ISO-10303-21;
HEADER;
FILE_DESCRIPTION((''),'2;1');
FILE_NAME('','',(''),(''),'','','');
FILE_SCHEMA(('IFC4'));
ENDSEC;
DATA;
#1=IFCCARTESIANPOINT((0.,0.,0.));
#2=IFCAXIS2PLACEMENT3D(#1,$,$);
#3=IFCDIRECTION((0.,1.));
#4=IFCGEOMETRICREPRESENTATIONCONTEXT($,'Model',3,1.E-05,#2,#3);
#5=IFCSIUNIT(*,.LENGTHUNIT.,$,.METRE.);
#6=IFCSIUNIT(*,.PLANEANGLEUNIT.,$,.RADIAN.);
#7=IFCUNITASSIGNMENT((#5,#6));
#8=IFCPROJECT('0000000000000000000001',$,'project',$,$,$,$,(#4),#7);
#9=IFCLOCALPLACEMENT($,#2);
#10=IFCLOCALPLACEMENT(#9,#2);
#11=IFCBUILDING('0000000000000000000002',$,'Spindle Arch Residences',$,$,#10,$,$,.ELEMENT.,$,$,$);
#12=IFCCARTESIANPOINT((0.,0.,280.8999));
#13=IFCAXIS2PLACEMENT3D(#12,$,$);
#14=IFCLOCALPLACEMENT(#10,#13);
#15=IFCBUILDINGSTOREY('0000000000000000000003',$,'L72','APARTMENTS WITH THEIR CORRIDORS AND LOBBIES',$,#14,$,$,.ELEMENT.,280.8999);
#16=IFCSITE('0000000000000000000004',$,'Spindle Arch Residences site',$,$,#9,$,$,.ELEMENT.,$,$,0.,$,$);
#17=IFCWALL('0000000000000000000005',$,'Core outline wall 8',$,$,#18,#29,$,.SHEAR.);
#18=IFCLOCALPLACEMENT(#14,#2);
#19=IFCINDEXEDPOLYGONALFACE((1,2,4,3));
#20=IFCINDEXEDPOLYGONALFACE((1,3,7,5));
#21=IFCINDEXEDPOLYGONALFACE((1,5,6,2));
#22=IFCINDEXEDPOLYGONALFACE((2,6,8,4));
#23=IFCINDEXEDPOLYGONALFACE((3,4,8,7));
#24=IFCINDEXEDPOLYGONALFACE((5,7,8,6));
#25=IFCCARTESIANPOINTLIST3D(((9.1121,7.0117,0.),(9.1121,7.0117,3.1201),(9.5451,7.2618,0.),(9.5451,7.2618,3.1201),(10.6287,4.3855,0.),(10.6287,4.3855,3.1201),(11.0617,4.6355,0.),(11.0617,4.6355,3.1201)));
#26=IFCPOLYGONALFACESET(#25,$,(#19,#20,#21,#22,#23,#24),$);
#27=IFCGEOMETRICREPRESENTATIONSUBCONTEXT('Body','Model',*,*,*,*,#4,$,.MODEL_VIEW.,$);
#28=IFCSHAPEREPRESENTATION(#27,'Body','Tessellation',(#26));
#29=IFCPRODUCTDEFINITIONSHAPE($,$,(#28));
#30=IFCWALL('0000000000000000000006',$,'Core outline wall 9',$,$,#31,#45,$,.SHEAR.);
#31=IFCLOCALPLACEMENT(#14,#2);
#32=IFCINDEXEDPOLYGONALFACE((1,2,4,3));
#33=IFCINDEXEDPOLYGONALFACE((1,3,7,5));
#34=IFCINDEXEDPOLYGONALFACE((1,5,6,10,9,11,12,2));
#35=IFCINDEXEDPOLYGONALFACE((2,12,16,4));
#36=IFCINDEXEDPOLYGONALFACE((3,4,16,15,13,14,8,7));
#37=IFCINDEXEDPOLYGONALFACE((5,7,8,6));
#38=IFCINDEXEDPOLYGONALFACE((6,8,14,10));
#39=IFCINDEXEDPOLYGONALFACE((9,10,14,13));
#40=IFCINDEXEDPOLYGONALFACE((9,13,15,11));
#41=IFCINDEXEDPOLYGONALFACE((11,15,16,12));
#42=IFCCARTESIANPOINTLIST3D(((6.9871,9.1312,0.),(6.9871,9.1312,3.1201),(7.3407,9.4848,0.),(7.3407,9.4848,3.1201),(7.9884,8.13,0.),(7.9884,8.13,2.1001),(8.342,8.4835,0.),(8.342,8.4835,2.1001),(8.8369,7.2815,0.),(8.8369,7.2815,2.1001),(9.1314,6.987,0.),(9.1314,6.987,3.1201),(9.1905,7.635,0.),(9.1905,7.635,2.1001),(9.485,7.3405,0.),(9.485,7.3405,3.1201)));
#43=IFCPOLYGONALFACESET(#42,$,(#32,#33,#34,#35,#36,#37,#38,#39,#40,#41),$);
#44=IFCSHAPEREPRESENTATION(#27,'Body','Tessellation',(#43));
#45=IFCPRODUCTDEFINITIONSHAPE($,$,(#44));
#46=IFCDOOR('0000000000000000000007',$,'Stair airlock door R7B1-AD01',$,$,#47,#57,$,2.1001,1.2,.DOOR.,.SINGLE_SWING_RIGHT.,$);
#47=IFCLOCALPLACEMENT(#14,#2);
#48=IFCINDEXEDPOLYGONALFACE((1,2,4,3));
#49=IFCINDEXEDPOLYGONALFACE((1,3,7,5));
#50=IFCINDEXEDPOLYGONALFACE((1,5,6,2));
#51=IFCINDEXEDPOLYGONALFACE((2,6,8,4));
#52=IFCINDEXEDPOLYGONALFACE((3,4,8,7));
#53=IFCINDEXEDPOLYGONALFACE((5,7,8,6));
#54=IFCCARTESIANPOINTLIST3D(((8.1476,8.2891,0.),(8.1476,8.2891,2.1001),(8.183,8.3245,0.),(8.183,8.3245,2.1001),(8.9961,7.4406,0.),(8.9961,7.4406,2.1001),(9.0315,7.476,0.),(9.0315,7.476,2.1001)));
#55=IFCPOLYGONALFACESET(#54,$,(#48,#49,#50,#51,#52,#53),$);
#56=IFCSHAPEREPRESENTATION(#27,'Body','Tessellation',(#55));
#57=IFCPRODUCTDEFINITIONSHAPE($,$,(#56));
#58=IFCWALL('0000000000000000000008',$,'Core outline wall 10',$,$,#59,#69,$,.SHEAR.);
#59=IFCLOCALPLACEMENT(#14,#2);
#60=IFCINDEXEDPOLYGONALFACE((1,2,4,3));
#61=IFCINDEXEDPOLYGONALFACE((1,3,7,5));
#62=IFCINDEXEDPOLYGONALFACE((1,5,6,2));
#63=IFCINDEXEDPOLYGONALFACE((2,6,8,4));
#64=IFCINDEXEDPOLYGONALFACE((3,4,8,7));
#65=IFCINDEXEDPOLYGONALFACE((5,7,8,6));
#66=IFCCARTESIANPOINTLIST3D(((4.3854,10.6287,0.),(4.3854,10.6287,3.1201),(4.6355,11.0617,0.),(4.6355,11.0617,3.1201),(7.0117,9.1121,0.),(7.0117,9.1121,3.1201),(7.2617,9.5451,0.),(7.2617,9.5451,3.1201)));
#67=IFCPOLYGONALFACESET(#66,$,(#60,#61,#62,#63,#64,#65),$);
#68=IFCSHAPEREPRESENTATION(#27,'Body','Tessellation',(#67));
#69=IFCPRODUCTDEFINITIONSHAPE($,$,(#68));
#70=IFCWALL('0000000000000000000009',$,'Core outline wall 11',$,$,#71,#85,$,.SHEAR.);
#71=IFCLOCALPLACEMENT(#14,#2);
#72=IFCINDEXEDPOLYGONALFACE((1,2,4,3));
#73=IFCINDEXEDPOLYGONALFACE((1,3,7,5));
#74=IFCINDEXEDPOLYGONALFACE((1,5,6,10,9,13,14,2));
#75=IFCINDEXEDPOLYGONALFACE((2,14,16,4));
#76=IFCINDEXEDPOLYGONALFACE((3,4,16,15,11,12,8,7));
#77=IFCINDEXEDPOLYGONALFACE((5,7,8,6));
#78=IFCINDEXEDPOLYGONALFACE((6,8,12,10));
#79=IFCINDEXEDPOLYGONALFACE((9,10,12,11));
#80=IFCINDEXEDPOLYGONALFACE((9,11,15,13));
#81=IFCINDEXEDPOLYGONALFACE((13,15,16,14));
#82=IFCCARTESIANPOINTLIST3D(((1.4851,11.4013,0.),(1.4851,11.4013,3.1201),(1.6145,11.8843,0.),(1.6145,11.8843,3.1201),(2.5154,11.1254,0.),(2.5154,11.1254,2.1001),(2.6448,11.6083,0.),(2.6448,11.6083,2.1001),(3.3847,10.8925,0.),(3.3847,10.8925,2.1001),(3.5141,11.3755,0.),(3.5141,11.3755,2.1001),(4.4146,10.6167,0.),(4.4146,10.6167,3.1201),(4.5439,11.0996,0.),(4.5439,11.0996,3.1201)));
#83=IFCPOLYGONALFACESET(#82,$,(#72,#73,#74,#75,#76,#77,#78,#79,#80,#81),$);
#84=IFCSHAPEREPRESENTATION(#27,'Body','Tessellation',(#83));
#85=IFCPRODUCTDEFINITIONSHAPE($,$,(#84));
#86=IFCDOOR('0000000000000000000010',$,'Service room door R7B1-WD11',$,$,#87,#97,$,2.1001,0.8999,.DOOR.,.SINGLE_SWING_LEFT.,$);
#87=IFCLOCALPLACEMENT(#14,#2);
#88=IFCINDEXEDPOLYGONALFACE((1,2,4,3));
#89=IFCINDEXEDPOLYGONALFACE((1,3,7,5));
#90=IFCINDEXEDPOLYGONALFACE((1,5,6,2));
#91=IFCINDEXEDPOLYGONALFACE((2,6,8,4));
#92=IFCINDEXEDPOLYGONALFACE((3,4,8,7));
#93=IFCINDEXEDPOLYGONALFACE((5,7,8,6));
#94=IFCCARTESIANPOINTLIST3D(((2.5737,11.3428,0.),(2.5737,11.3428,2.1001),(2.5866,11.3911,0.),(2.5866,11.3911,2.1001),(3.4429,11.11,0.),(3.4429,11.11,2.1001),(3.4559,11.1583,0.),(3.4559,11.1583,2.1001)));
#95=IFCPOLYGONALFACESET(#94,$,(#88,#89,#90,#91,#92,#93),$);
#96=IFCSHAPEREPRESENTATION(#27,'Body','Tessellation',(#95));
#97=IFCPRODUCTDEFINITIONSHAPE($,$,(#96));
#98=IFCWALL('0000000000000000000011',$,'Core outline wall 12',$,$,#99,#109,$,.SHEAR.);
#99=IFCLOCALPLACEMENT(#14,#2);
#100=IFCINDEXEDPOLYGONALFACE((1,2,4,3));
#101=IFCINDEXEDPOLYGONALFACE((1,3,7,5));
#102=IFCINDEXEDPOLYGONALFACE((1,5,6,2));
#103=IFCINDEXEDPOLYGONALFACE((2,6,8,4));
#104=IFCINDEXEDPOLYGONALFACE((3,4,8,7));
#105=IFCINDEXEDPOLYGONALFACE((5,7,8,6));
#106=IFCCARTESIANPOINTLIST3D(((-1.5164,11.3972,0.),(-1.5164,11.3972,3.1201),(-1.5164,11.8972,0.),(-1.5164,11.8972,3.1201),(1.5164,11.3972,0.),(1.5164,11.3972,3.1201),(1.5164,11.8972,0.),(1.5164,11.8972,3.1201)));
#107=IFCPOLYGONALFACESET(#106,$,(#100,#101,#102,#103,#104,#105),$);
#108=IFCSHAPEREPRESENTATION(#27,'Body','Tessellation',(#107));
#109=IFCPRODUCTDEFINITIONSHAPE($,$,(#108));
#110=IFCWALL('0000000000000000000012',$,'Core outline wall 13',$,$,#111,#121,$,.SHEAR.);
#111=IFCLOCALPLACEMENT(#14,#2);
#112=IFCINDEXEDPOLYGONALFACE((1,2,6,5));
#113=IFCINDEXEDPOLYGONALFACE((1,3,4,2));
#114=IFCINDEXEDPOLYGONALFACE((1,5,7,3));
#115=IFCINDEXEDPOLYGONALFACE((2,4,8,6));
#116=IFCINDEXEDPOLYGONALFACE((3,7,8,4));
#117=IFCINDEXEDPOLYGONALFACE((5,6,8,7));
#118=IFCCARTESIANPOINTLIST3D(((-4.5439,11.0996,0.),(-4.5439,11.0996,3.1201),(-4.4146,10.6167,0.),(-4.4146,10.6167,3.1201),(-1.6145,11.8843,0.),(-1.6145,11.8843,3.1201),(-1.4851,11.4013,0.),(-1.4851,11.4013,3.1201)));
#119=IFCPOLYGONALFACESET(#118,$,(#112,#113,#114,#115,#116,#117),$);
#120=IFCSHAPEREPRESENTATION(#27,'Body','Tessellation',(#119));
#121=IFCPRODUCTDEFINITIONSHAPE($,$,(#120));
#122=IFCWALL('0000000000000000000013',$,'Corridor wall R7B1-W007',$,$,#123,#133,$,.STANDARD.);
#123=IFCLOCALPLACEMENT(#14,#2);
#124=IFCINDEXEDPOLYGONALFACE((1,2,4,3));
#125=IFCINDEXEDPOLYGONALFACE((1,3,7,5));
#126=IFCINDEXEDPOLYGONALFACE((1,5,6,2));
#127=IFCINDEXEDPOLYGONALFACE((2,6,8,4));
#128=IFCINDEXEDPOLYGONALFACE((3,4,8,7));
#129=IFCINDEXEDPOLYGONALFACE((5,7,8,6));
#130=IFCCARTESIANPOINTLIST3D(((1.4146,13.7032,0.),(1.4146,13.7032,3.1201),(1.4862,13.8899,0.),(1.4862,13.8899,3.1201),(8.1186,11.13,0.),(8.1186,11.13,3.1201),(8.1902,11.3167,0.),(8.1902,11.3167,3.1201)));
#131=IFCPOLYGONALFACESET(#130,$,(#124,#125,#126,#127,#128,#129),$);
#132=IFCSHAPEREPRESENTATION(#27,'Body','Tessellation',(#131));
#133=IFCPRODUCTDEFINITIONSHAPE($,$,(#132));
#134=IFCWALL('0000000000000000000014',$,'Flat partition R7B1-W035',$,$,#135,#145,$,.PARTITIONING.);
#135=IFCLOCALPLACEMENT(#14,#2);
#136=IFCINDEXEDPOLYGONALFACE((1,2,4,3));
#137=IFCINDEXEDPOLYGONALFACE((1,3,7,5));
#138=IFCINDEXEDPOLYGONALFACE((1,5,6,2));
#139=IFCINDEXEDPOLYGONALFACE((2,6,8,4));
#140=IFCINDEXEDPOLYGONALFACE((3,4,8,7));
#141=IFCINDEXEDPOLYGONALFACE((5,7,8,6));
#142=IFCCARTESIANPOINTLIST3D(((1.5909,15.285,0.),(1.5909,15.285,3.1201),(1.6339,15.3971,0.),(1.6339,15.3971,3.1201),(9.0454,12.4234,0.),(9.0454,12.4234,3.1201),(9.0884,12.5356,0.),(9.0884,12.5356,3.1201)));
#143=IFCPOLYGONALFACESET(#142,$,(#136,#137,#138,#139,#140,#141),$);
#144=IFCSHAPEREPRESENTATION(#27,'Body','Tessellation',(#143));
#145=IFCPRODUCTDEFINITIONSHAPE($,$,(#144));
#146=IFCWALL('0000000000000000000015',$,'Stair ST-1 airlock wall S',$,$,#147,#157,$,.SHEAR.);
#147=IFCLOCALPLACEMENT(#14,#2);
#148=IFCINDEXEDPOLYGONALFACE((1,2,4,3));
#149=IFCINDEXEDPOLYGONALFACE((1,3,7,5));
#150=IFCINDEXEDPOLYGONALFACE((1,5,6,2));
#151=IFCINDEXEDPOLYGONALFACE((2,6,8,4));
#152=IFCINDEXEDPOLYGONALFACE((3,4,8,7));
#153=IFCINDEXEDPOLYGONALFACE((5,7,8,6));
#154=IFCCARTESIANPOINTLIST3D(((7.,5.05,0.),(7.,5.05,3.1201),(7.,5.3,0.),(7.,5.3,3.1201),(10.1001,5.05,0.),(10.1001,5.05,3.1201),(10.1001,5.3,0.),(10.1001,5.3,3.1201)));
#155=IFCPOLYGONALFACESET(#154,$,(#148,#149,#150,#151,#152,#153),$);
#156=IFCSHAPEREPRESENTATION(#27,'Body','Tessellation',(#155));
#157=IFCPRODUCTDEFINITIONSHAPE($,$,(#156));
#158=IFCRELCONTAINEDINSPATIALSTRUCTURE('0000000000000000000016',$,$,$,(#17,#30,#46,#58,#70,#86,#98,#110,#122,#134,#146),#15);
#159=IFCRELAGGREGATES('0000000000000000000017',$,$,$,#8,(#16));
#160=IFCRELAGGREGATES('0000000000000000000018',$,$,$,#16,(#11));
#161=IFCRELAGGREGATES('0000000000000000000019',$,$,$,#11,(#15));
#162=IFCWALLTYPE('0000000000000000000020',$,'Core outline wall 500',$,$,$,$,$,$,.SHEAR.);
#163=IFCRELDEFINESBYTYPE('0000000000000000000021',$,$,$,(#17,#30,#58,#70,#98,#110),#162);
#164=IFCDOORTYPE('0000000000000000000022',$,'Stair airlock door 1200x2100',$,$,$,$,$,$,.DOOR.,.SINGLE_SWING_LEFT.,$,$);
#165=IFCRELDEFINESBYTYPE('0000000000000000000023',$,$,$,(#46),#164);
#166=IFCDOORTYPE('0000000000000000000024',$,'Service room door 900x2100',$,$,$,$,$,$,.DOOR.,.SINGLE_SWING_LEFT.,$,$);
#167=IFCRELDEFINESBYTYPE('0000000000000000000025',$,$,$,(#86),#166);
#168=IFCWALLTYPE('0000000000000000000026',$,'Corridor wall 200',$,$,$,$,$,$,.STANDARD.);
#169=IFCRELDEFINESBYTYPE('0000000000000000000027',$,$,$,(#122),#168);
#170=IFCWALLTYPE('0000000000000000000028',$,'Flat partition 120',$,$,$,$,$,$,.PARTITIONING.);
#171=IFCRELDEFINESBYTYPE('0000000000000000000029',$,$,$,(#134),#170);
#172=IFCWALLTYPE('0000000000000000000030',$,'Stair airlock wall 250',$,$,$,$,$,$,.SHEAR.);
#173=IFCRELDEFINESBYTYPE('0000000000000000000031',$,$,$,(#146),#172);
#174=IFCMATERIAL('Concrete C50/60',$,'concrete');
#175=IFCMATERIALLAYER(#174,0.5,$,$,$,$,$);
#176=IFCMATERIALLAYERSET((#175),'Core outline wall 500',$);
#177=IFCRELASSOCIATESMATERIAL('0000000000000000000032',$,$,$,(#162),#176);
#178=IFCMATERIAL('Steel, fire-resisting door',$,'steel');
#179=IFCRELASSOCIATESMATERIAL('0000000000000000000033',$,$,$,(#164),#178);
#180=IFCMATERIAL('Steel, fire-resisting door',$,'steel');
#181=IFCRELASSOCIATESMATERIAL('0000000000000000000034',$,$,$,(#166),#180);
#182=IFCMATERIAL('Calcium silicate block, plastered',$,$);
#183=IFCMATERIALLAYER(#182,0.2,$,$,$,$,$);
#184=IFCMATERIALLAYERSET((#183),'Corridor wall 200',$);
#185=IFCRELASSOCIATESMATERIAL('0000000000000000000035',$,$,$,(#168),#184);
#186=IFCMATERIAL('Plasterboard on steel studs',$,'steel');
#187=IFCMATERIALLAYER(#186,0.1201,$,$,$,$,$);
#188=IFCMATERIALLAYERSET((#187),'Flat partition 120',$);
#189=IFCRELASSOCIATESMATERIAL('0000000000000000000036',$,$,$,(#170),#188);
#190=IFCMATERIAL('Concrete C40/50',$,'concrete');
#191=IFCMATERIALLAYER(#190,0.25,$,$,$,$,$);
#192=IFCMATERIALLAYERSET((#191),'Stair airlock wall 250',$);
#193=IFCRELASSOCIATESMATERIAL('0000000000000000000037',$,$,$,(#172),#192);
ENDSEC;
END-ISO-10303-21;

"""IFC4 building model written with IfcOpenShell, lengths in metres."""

from ifc_helpers import new_model, si_unit, direction, frame, frame_2d, origin, place, context, subcontext, project, spatial, rectangle, extrude, material, layer, layer_set, type_object, element, fill, save


model = new_model("IFC4")

# Units and contexts
model_context = context("Model", 3, precision=1e-05, world=origin(), true_north=direction((0.0, 1.0)))
body_context = subcontext(model_context, "Body", "Model", "MODEL_VIEW")
ifc_project = project(units=[si_unit("LENGTHUNIT", "METRE"), si_unit("PLANEANGLEUNIT", "RADIAN")], contexts=[model_context])

# Site, building, storey
site_placement = place(None, origin())
site = spatial("IfcSite", under=ifc_project, at=site_placement, Name="Spindle Arch Residences site", CompositionType="ELEMENT", RefElevation=0.0)
building_placement = place(site_placement, origin())
building = spatial("IfcBuilding", under=site, at=building_placement, Name="Spindle Arch Residences", CompositionType="ELEMENT")
storey_placement = place(building_placement, frame((0.0, 0.0, 280.8999)))
storey = spatial("IfcBuildingStorey", under=building, at=storey_placement, Name="L72", Description="APARTMENTS WITH THEIR CORRIDORS AND LOBBIES", CompositionType="ELEMENT", Elevation=280.8999)

# Wall
ifc_material_1 = material(Name="Concrete C50/60", Category="concrete")
ifc_layer_1 = layer(ifc_material_1, 0.5)
ifc_layer_set_1 = layer_set([ifc_layer_1], Name="Core outline wall 500")
wall_type_1 = type_object("IfcWallType", Name="Core outline wall 500", PredefinedType="SHEAR", material=ifc_layer_set_1)
wall_1_placement = place(storey_placement, frame((10.8452, 4.5105, 0.0), z_axis=(0.0, 0.0, 1.0), x_axis=(-0.500087, 0.865975, 0.0)))
element("IfcWall", 1, at=wall_1_placement, inside=storey, type_object=wall_type_1, Name="Core outline wall 8", PredefinedType="SHEAR", context=body_context, shape_type="SweptSolid", body=[
    extrude(rectangle(XDim=3.0327, YDim=0.5, at=frame_2d((1.5164, 0.0))), origin(), (0.0, 0.0, 1.0), 3.1201),
])

# Wall, opening, door
wall_2_placement = place(storey_placement, frame((9.3081, 7.1638, 0.0), z_axis=(0.0, 0.0, 1.0), x_axis=(-0.707107, 0.707107, 0.0)))
wall_2 = element("IfcWall", 2, at=wall_2_placement, inside=storey, type_object=wall_type_1, Name="Core outline wall 9", PredefinedType="SHEAR", context=body_context, shape_type="SweptSolid", body=[
    extrude(rectangle(XDim=3.0325, YDim=0.5, at=frame_2d((1.5161, 0.0))), origin(), (0.0, 0.0, 1.0), 3.1201),
])
opening_1_placement = place(wall_2_placement, frame((0.4163, 0.0, 0.0)))
opening_1 = element("IfcOpeningElement", 3, at=opening_1_placement, cuts=wall_2, PredefinedType="OPENING", context=body_context, shape_type="SweptSolid", body=[
    extrude(rectangle(XDim=1.2, YDim=2.1001, at=frame_2d((0.6001, 1.05))), frame((0.0, 0.26, 0.0), z_axis=(0.0, -1.0, 0.0), x_axis=(1.0, 0.0, 0.0)), (0.0, 0.0, 1.0), 0.52),
])
ifc_material_2 = material(Name="Steel, fire-resisting door", Category="steel")
door_type_1 = type_object("IfcDoorType", Name="Stair airlock door 1200x2100", OperationType="SINGLE_SWING_LEFT", PredefinedType="DOOR", material=ifc_material_2)
door_1_placement = place(opening_1_placement, origin())
door_1 = element("IfcDoor", 4, at=door_1_placement, inside=storey, type_object=door_type_1, Name="Stair airlock door R7B1-AD01", OperationType="SINGLE_SWING_RIGHT", OverallHeight=2.1001, OverallWidth=1.2, PredefinedType="DOOR", context=body_context, shape_type="SweptSolid", body=[
    extrude(rectangle(XDim=1.2, YDim=2.1001, at=frame_2d((0.6001, 1.05))), frame((0.0, 0.0249, 0.0), z_axis=(0.0, -1.0, 0.0), x_axis=(1.0, 0.0, 0.0)), (0.0, 0.0, 1.0), 0.05),
])
fill(opening_1, door_1)

# Wall
wall_3_placement = place(storey_placement, frame((7.1367, 9.3286, 0.0), z_axis=(0.0, 0.0, 1.0), x_axis=(-0.865975, 0.500087, 0.0)))
element("IfcWall", 5, at=wall_3_placement, inside=storey, type_object=wall_type_1, Name="Core outline wall 10", PredefinedType="SHEAR", context=body_context, shape_type="SweptSolid", body=[
    extrude(rectangle(XDim=3.0327, YDim=0.5, at=frame_2d((1.5164, 0.0))), origin(), (0.0, 0.0, 1.0), 3.1201),
])

# Wall, opening, door
wall_4_placement = place(storey_placement, frame((4.4792, 10.8582, 0.0), z_axis=(0.0, 0.0, 1.0), x_axis=(-0.965948, 0.258735, 0.0)))
wall_4 = element("IfcWall", 6, at=wall_4_placement, inside=storey, type_object=wall_type_1, Name="Core outline wall 11", PredefinedType="SHEAR", context=body_context, shape_type="SweptSolid", body=[
    extrude(rectangle(XDim=3.0327, YDim=0.5, at=frame_2d((1.5164, 0.0))), origin(), (0.0, 0.0, 1.0), 3.1201),
])
opening_2_placement = place(wall_4_placement, frame((1.0662, 0.0, 0.0)))
opening_2 = element("IfcOpeningElement", 7, at=opening_2_placement, cuts=wall_4, PredefinedType="OPENING", context=body_context, shape_type="SweptSolid", body=[
    extrude(rectangle(XDim=0.8999, YDim=2.1001, at=frame_2d((0.45, 1.05))), frame((0.0, 0.26, 0.0), z_axis=(0.0, -1.0, 0.0), x_axis=(1.0, 0.0, 0.0)), (0.0, 0.0, 1.0), 0.52),
])
ifc_material_3 = material(Name="Steel, fire-resisting door", Category="steel")
door_type_2 = type_object("IfcDoorType", Name="Service room door 900x2100", OperationType="SINGLE_SWING_LEFT", PredefinedType="DOOR", material=ifc_material_3)
door_2_placement = place(opening_2_placement, origin())
door_2 = element("IfcDoor", 8, at=door_2_placement, inside=storey, type_object=door_type_2, Name="Service room door R7B1-WD11", OperationType="SINGLE_SWING_LEFT", OverallHeight=2.1001, OverallWidth=0.8999, PredefinedType="DOOR", context=body_context, shape_type="SweptSolid", body=[
    extrude(rectangle(XDim=0.8999, YDim=2.1001, at=frame_2d((0.45, 1.05))), frame((0.0, 0.0249, 0.0), z_axis=(0.0, -1.0, 0.0), x_axis=(1.0, 0.0, 0.0)), (0.0, 0.0, 1.0), 0.05),
])
fill(opening_2, door_2)

# Walls
for number, where, z_axis, x_axis, name in (
    (9, (1.5164, 11.6472, 0.0), (0.0, 0.0, 1.0), (-1.0, 0.0, 0.0), "Core outline wall 12"),
    (10, (-1.5498, 11.6428, 0.0), (0.0, 0.0, 1.0), (-0.965948, -0.258735, 0.0), "Core outline wall 13"),
):
    element("IfcWall", number, at=place(storey_placement, frame(where, z_axis=z_axis, x_axis=x_axis)), inside=storey, type_object=wall_type_1, Name=name, PredefinedType="SHEAR", context=body_context, shape_type="SweptSolid", body=[
        extrude(rectangle(XDim=3.0327, YDim=0.5, at=frame_2d((1.5164, 0.0))), origin(), (0.0, 0.0, 1.0), 3.1201),
    ])
ifc_material_4 = material(Name="Calcium silicate block, plastered")
ifc_layer_2 = layer(ifc_material_4, 0.2)
ifc_layer_set_2 = layer_set([ifc_layer_2], Name="Corridor wall 200")
wall_type_2 = type_object("IfcWallType", Name="Corridor wall 200", PredefinedType="STANDARD", material=ifc_layer_set_2)
wall_5_placement = place(storey_placement, frame((8.1543, 11.2234, 0.0), z_axis=(0.0, 0.0, 1.0), x_axis=(-0.933591, 0.358341, 0.0)))
element("IfcWall", 11, at=wall_5_placement, inside=storey, type_object=wall_type_2, Name="Corridor wall R7B1-W007", PredefinedType="STANDARD", context=body_context, shape_type="SweptSolid", body=[
    extrude(rectangle(XDim=7.1809, YDim=0.2, at=frame_2d((3.5903, 0.0))), origin(), (0.0, 0.0, 1.0), 3.1201),
])

# Walls
ifc_material_5 = material(Name="Plasterboard on steel studs", Category="steel")
ifc_layer_3 = layer(ifc_material_5, 0.1201)
ifc_layer_set_3 = layer_set([ifc_layer_3], Name="Flat partition 120")
wall_type_3 = type_object("IfcWallType", Name="Flat partition 120", PredefinedType="PARTITIONING", material=ifc_layer_set_3)
wall_6_placement = place(storey_placement, frame((9.0669, 12.4795, 0.0), z_axis=(0.0, 0.0, 1.0), x_axis=(-0.933579, 0.35837, 0.0)))
element("IfcWall", 12, at=wall_6_placement, inside=storey, type_object=wall_type_3, Name="Flat partition R7B1-W035", PredefinedType="PARTITIONING", context=body_context, shape_type="SweptSolid", body=[
    extrude(rectangle(XDim=7.9849, YDim=0.1201, at=frame_2d((3.9924, 0.0))), origin(), (0.0, 0.0, 1.0), 3.1201),
])
ifc_material_6 = material(Name="Concrete C40/50", Category="concrete")
ifc_layer_4 = layer(ifc_material_6, 0.25)
ifc_layer_set_4 = layer_set([ifc_layer_4], Name="Stair airlock wall 250")
wall_type_4 = type_object("IfcWallType", Name="Stair airlock wall 250", PredefinedType="SHEAR", material=ifc_layer_set_4)
wall_7_placement = place(storey_placement, frame((7.0, 5.175, 0.0), z_axis=(0.0, 0.0, 1.0), x_axis=(1.0, 0.0, 0.0)))
element("IfcWall", 13, at=wall_7_placement, inside=storey, type_object=wall_type_4, Name="Stair ST-1 airlock wall S", PredefinedType="SHEAR", context=body_context, shape_type="SweptSolid", body=[
    extrude(rectangle(XDim=3.1001, YDim=0.25, at=frame_2d((1.55, 0.0))), origin(), (0.0, 0.0, 1.0), 3.1201),
])

save(model, "model.ifc")
